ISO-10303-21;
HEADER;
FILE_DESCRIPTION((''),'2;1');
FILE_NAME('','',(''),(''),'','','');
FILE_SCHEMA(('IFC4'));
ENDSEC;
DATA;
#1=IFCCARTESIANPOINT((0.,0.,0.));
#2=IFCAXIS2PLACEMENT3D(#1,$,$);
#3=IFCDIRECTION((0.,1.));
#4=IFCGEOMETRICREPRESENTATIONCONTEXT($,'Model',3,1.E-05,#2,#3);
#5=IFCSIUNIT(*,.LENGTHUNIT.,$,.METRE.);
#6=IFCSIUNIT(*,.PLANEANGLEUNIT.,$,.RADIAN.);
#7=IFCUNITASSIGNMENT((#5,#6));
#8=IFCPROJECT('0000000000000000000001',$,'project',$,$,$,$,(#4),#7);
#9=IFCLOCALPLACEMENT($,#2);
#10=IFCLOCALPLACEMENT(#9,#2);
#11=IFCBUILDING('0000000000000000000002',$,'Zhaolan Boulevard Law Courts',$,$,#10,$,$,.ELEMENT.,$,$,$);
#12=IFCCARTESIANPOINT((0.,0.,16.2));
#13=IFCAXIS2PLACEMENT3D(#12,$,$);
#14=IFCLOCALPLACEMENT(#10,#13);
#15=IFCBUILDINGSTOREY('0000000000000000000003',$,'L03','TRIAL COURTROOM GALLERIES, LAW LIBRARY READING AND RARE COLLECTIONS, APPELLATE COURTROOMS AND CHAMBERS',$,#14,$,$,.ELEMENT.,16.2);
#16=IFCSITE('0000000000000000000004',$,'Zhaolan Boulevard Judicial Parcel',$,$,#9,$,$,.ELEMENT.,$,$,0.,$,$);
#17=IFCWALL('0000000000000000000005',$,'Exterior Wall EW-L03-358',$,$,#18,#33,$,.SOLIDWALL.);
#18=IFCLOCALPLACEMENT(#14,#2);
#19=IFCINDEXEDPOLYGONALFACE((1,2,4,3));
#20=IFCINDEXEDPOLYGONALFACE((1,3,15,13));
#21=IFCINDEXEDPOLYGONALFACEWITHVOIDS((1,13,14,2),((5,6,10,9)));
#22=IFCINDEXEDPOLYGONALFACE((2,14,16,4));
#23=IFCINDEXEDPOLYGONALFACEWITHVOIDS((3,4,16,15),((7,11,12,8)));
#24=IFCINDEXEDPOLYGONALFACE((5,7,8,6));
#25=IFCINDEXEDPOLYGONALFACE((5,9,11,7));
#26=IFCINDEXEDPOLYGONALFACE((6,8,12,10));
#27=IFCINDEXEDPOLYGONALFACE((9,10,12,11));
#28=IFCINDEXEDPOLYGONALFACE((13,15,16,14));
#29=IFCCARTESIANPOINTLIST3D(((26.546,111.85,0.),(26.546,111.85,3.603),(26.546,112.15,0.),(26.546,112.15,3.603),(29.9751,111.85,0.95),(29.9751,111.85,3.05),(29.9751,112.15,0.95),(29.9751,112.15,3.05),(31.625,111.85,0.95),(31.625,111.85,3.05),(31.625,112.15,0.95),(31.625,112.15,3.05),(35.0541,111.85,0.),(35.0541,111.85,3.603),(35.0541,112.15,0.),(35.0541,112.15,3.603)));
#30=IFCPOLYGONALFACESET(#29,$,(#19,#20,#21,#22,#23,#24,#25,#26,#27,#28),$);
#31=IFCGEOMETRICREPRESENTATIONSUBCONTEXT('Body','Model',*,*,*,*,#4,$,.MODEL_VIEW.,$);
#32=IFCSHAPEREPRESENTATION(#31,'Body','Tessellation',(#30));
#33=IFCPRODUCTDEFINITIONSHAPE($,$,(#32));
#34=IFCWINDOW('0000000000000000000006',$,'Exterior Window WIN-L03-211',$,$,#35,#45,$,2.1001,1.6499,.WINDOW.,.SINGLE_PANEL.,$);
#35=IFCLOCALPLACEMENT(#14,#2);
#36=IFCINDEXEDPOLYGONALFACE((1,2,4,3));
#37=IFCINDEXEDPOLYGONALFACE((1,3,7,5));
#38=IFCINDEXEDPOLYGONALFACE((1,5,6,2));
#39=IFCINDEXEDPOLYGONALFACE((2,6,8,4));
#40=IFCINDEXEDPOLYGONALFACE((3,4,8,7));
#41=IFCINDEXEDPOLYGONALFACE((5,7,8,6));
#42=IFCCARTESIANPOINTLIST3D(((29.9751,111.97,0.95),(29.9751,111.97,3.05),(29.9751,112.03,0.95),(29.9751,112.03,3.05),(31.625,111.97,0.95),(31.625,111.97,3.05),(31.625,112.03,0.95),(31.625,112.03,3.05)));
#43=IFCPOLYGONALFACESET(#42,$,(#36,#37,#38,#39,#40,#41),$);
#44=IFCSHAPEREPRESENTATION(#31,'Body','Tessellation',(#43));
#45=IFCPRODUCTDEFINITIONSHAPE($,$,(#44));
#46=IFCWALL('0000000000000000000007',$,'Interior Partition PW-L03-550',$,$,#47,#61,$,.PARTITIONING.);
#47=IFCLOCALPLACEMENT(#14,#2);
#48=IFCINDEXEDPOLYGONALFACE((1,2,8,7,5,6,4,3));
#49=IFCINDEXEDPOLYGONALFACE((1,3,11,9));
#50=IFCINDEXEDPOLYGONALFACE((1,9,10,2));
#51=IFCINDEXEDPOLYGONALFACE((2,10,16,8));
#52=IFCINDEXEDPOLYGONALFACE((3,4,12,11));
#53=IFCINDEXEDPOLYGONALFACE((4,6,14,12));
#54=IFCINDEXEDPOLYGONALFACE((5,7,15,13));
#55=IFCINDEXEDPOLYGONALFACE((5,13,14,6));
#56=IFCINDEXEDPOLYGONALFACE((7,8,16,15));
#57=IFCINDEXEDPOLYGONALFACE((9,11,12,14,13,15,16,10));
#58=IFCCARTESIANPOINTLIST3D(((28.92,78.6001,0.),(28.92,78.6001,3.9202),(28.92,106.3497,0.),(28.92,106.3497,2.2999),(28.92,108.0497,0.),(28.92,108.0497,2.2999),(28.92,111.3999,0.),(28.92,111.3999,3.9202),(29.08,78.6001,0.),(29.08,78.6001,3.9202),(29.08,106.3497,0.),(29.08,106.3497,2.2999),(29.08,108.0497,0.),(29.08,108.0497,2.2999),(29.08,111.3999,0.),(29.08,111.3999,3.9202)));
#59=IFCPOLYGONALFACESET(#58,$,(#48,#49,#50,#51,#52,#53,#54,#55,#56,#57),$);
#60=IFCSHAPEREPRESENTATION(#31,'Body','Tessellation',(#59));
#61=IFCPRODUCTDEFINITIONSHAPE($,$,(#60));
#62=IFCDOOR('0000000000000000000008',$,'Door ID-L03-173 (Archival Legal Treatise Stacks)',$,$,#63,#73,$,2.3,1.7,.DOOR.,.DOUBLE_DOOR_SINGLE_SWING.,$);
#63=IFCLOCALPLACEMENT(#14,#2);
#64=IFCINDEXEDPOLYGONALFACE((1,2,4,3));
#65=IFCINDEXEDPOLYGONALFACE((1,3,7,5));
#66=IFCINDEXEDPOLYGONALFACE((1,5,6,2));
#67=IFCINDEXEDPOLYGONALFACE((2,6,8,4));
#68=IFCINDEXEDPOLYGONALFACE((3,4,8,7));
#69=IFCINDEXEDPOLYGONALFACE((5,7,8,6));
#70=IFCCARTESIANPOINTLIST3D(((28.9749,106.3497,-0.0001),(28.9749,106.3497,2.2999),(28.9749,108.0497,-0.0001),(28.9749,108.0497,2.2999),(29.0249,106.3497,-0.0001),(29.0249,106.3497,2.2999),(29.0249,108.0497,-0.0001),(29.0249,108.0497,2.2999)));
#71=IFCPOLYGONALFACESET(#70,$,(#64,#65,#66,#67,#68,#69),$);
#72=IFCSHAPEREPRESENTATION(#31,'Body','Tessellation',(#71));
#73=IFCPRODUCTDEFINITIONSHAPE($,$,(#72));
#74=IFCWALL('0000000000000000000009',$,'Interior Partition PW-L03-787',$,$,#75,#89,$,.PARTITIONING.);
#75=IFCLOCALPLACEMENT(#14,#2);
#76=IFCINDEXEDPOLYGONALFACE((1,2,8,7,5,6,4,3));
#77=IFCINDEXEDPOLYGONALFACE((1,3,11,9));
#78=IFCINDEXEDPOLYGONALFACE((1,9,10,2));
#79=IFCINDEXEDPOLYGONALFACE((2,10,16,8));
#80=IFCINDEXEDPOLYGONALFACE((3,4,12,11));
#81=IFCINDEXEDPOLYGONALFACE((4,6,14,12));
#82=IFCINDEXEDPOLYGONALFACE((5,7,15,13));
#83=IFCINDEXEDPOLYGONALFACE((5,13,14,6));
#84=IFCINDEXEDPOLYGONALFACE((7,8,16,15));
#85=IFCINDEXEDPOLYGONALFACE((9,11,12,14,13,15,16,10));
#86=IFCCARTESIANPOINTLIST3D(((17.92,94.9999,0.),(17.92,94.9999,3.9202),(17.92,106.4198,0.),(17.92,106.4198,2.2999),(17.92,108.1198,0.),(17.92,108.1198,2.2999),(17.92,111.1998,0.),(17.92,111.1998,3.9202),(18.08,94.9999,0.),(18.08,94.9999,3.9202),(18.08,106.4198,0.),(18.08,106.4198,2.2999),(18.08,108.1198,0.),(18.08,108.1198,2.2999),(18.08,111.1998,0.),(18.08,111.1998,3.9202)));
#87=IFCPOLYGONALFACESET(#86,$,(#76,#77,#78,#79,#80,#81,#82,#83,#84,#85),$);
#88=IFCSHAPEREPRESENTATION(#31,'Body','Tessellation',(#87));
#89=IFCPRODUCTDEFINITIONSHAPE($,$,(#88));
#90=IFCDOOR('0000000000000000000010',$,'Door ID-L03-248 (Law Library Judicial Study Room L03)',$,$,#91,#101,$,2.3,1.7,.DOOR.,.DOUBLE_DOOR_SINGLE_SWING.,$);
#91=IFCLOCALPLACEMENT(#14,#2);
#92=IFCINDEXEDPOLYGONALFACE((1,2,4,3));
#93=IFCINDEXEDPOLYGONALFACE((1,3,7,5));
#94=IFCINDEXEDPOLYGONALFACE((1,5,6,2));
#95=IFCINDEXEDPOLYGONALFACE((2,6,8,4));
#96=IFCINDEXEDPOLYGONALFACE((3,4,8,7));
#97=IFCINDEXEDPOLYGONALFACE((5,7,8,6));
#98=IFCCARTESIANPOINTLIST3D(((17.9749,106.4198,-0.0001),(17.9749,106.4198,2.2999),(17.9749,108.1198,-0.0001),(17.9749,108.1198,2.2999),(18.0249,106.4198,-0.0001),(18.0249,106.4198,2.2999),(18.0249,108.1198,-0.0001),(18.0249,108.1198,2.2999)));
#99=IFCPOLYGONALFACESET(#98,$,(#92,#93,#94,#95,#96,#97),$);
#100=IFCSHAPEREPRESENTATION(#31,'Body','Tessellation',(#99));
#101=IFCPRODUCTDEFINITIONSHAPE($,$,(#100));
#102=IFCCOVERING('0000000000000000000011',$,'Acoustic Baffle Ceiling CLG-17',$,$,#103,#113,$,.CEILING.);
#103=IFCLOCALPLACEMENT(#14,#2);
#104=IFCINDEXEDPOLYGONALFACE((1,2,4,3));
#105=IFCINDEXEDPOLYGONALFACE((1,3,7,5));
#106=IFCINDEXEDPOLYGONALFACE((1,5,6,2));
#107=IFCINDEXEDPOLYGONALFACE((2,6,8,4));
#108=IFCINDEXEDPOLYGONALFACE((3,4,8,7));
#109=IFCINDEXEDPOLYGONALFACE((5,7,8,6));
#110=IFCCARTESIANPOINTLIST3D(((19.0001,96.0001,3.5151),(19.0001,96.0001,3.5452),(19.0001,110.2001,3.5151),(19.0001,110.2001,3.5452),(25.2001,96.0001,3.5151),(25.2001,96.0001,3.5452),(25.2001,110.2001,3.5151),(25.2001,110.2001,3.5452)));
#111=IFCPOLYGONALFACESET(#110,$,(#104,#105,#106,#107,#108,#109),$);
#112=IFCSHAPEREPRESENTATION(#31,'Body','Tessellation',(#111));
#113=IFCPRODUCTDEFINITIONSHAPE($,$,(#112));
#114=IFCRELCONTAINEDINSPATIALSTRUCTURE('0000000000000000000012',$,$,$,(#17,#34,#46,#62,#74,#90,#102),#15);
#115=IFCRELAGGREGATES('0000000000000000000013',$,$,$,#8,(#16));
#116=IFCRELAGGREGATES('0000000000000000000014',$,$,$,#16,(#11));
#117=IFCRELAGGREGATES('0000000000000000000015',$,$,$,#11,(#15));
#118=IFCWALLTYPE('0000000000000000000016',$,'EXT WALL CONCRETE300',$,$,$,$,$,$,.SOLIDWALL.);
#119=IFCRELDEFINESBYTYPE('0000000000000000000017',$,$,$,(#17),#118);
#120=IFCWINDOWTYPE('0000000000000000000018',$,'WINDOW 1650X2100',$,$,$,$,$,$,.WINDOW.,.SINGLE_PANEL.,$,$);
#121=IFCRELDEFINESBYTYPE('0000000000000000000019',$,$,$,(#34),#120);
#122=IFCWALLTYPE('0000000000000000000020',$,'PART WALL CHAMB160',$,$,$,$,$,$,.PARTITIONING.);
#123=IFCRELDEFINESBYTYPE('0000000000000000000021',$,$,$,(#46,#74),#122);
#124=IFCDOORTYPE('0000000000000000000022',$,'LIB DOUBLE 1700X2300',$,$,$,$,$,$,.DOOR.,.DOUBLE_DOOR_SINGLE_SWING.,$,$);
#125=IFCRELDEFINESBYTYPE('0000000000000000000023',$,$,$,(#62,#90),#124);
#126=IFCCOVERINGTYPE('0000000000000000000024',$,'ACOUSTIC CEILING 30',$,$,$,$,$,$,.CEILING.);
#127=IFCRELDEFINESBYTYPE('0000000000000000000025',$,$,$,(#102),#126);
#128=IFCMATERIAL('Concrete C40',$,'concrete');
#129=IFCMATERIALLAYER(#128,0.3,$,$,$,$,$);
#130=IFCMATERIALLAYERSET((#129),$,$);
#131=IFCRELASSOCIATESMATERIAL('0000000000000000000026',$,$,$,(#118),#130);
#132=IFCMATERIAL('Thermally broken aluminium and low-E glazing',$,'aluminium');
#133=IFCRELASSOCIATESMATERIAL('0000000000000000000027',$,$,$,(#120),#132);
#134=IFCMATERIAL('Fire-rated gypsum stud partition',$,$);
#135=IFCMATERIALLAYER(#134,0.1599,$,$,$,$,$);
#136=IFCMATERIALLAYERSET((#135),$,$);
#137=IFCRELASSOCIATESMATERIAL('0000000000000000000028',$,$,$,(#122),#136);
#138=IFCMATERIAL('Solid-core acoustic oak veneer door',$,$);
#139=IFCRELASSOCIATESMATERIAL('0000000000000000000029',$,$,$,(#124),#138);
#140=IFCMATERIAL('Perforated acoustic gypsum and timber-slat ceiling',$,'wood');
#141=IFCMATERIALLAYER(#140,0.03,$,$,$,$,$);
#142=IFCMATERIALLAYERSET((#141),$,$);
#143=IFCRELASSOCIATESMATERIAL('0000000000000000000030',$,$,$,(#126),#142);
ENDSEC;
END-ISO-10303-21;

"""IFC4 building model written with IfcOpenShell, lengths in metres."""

from ifc_helpers import new_model, si_unit, direction, frame, frame_2d, origin, origin_2d, place, context, subcontext, project, spatial, rectangle, extrude, material, layer, layer_set, type_object, element, fill, save


model = new_model("IFC4")

# Units and contexts
model_context = context("Model", 3, precision=1e-05, world=origin(), true_north=direction((0.0, 1.0)))
body_context = subcontext(model_context, "Body", "Model", "MODEL_VIEW")
ifc_project = project(units=[si_unit("LENGTHUNIT", "METRE"), si_unit("PLANEANGLEUNIT", "RADIAN")], contexts=[model_context])

# Site, building, storey
site_placement = place(None, origin())
site = spatial("IfcSite", under=ifc_project, at=site_placement, Name="Zhaolan Boulevard Judicial Parcel", CompositionType="ELEMENT", RefElevation=0.0)
building_placement = place(site_placement, origin())
building = spatial("IfcBuilding", under=site, at=building_placement, Name="Zhaolan Boulevard Law Courts", CompositionType="ELEMENT")
storey_placement = place(building_placement, frame((0.0, 0.0, 16.2)))
storey = spatial("IfcBuildingStorey", under=building, at=storey_placement, Name="L03", Description="TRIAL COURTROOM GALLERIES, LAW LIBRARY READING AND RARE COLLECTIONS, APPELLATE COURTROOMS AND CHAMBERS", CompositionType="ELEMENT", Elevation=16.2)

# Wall, opening, window
ifc_material_1 = material(Name="Concrete C40", Category="concrete")
ifc_layer_1 = layer(ifc_material_1, 0.3)
ifc_layer_set_1 = layer_set([ifc_layer_1])
wall_type_1 = type_object("IfcWallType", Name="EXT WALL CONCRETE300", PredefinedType="SOLIDWALL", material=ifc_layer_set_1)
wall_1_placement = place(storey_placement, frame((35.054, 112.0, 0.0), z_axis=(0.0, 0.0, 1.0), x_axis=(-1.0, 0.0, 0.0)))
wall_1 = element("IfcWall", 1, at=wall_1_placement, inside=storey, type_object=wall_type_1, Name="Exterior Wall EW-L03-358", PredefinedType="SOLIDWALL", context=body_context, shape_type="SweptSolid", body=[
    extrude(rectangle(XDim=8.5081, YDim=0.3, at=frame_2d((4.2539, 0.0))), origin(), (0.0, 0.0, 1.0), 3.603),
])
opening_1_placement = place(wall_1_placement, frame((3.429, 0.0, 0.95)))
opening_1 = element("IfcOpeningElement", 2, at=opening_1_placement, cuts=wall_1, PredefinedType="OPENING", context=body_context, shape_type="SweptSolid", body=[
    extrude(rectangle(XDim=1.6499, YDim=2.1001, at=frame_2d((0.825, 1.05))), frame((0.0, 0.1599, 0.0), z_axis=(0.0, -1.0, 0.0), x_axis=(1.0, 0.0, 0.0)), (0.0, 0.0, 1.0), 0.3201),
])
ifc_material_2 = material(Name="Thermally broken aluminium and low-E glazing", Category="aluminium")
window_type_1 = type_object("IfcWindowType", Name="WINDOW 1650X2100", PartitioningType="SINGLE_PANEL", PredefinedType="WINDOW", material=ifc_material_2)
window_1_placement = place(opening_1_placement, origin())
window_1 = element("IfcWindow", 3, at=window_1_placement, inside=storey, type_object=window_type_1, Name="Exterior Window WIN-L03-211", OverallHeight=2.1001, OverallWidth=1.6499, PartitioningType="SINGLE_PANEL", PredefinedType="WINDOW", context=body_context, shape_type="SweptSolid", body=[
    extrude(rectangle(XDim=1.6499, YDim=2.1001, at=frame_2d((0.825, 1.05))), frame((0.0, 0.03, 0.0), z_axis=(0.0, -1.0, 0.0), x_axis=(1.0, 0.0, 0.0)), (0.0, 0.0, 1.0), 0.0601),
])
fill(opening_1, window_1)

# Walls, openings, doors
ifc_material_3 = material(Name="Fire-rated gypsum stud partition")
ifc_layer_2 = layer(ifc_material_3, 0.1599)
ifc_layer_set_2 = layer_set([ifc_layer_2])
wall_type_2 = type_object("IfcWallType", Name="PART WALL CHAMB160", PredefinedType="PARTITIONING", material=ifc_layer_set_2)
wall_2_placement = place(storey_placement, frame((29.0, 111.3999, 0.0), z_axis=(0.0, 0.0, 1.0), x_axis=(0.0, -1.0, 0.0)))
wall_2 = element("IfcWall", 4, at=wall_2_placement, inside=storey, type_object=wall_type_2, Name="Interior Partition PW-L03-550", PredefinedType="PARTITIONING", context=body_context, shape_type="SweptSolid", body=[
    extrude(rectangle(XDim=32.7998, YDim=0.1599, at=frame_2d((16.3999, 0.0))), origin(), (0.0, 0.0, 1.0), 3.9202),
])
opening_2_placement = place(wall_2_placement, frame((3.3501, 0.0, 0.0)))
opening_2 = element("IfcOpeningElement", 5, at=opening_2_placement, cuts=wall_2, PredefinedType="OPENING", context=body_context, shape_type="SweptSolid", body=[
    extrude(rectangle(XDim=1.7, YDim=2.3, at=frame_2d((0.8501, 1.1499))), frame((0.0, 0.0898, 0.0), z_axis=(0.0, -1.0, 0.0), x_axis=(1.0, 0.0, 0.0)), (0.0, 0.0, 1.0), 0.1799),
])
ifc_material_4 = material(Name="Solid-core acoustic oak veneer door")
door_type = type_object("IfcDoorType", Name="LIB DOUBLE 1700X2300", OperationType="DOUBLE_DOOR_SINGLE_SWING", PredefinedType="DOOR", material=ifc_material_4)
door_1_placement = place(opening_2_placement, origin())
door_1 = element("IfcDoor", 6, at=door_1_placement, inside=storey, type_object=door_type, Name="Door ID-L03-173 (Archival Legal Treatise Stacks)", OperationType="DOUBLE_DOOR_SINGLE_SWING", OverallHeight=2.3, OverallWidth=1.7, PredefinedType="DOOR", context=body_context, shape_type="SweptSolid", body=[
    extrude(rectangle(XDim=1.7, YDim=2.3, at=frame_2d((0.8501, 1.1499))), frame((0.0, 0.0249, 0.0), z_axis=(0.0, -1.0, 0.0), x_axis=(1.0, 0.0, 0.0)), (0.0, 0.0, 1.0), 0.05),
])
fill(opening_2, door_1)
wall_3_placement = place(storey_placement, frame((18.0, 111.2, 0.0), z_axis=(0.0, 0.0, 1.0), x_axis=(0.0, -1.0, 0.0)))
wall_3 = element("IfcWall", 7, at=wall_3_placement, inside=storey, type_object=wall_type_2, Name="Interior Partition PW-L03-787", PredefinedType="PARTITIONING", context=body_context, shape_type="SweptSolid", body=[
    extrude(rectangle(XDim=16.2, YDim=0.1599, at=frame_2d((8.1001, 0.0))), origin(), (0.0, 0.0, 1.0), 3.9202),
])
opening_3_placement = place(wall_3_placement, frame((3.0801, 0.0, 0.0)))
opening_3 = element("IfcOpeningElement", 8, at=opening_3_placement, cuts=wall_3, PredefinedType="OPENING", context=body_context, shape_type="SweptSolid", body=[
    extrude(rectangle(XDim=1.7, YDim=2.3, at=frame_2d((0.8501, 1.1499))), frame((0.0, 0.0898, 0.0), z_axis=(0.0, -1.0, 0.0), x_axis=(1.0, 0.0, 0.0)), (0.0, 0.0, 1.0), 0.1799),
])
door_2_placement = place(opening_3_placement, origin())
door_2 = element("IfcDoor", 9, at=door_2_placement, inside=storey, type_object=door_type, Name="Door ID-L03-248 (Law Library Judicial Study Room L03)", OperationType="DOUBLE_DOOR_SINGLE_SWING", OverallHeight=2.3, OverallWidth=1.7, PredefinedType="DOOR", context=body_context, shape_type="SweptSolid", body=[
    extrude(rectangle(XDim=1.7, YDim=2.3, at=frame_2d((0.8501, 1.1499))), frame((0.0, 0.0249, 0.0), z_axis=(0.0, -1.0, 0.0), x_axis=(1.0, 0.0, 0.0)), (0.0, 0.0, 1.0), 0.05),
])
fill(opening_3, door_2)

# Covering
ifc_material_5 = material(Name="Perforated acoustic gypsum and timber-slat ceiling", Category="wood")
ifc_layer_3 = layer(ifc_material_5, 0.03)
ifc_layer_set_3 = layer_set([ifc_layer_3])
covering_type = type_object("IfcCoveringType", Name="ACOUSTIC CEILING 30", PredefinedType="CEILING", material=ifc_layer_set_3)
covering_placement = place(storey_placement, frame((22.1001, 103.1001, 3.5151), z_axis=(0.0, 0.0, 1.0), x_axis=(1.0, 0.0, 0.0)))
element("IfcCovering", 10, at=covering_placement, inside=storey, type_object=covering_type, Name="Acoustic Baffle Ceiling CLG-17", PredefinedType="CEILING", context=body_context, shape_type="SweptSolid", body=[
    extrude(rectangle(XDim=6.2, YDim=14.2, at=origin_2d()), origin(), (0.0, 0.0, 1.0), 0.03),
])

save(model, "model.ifc")
